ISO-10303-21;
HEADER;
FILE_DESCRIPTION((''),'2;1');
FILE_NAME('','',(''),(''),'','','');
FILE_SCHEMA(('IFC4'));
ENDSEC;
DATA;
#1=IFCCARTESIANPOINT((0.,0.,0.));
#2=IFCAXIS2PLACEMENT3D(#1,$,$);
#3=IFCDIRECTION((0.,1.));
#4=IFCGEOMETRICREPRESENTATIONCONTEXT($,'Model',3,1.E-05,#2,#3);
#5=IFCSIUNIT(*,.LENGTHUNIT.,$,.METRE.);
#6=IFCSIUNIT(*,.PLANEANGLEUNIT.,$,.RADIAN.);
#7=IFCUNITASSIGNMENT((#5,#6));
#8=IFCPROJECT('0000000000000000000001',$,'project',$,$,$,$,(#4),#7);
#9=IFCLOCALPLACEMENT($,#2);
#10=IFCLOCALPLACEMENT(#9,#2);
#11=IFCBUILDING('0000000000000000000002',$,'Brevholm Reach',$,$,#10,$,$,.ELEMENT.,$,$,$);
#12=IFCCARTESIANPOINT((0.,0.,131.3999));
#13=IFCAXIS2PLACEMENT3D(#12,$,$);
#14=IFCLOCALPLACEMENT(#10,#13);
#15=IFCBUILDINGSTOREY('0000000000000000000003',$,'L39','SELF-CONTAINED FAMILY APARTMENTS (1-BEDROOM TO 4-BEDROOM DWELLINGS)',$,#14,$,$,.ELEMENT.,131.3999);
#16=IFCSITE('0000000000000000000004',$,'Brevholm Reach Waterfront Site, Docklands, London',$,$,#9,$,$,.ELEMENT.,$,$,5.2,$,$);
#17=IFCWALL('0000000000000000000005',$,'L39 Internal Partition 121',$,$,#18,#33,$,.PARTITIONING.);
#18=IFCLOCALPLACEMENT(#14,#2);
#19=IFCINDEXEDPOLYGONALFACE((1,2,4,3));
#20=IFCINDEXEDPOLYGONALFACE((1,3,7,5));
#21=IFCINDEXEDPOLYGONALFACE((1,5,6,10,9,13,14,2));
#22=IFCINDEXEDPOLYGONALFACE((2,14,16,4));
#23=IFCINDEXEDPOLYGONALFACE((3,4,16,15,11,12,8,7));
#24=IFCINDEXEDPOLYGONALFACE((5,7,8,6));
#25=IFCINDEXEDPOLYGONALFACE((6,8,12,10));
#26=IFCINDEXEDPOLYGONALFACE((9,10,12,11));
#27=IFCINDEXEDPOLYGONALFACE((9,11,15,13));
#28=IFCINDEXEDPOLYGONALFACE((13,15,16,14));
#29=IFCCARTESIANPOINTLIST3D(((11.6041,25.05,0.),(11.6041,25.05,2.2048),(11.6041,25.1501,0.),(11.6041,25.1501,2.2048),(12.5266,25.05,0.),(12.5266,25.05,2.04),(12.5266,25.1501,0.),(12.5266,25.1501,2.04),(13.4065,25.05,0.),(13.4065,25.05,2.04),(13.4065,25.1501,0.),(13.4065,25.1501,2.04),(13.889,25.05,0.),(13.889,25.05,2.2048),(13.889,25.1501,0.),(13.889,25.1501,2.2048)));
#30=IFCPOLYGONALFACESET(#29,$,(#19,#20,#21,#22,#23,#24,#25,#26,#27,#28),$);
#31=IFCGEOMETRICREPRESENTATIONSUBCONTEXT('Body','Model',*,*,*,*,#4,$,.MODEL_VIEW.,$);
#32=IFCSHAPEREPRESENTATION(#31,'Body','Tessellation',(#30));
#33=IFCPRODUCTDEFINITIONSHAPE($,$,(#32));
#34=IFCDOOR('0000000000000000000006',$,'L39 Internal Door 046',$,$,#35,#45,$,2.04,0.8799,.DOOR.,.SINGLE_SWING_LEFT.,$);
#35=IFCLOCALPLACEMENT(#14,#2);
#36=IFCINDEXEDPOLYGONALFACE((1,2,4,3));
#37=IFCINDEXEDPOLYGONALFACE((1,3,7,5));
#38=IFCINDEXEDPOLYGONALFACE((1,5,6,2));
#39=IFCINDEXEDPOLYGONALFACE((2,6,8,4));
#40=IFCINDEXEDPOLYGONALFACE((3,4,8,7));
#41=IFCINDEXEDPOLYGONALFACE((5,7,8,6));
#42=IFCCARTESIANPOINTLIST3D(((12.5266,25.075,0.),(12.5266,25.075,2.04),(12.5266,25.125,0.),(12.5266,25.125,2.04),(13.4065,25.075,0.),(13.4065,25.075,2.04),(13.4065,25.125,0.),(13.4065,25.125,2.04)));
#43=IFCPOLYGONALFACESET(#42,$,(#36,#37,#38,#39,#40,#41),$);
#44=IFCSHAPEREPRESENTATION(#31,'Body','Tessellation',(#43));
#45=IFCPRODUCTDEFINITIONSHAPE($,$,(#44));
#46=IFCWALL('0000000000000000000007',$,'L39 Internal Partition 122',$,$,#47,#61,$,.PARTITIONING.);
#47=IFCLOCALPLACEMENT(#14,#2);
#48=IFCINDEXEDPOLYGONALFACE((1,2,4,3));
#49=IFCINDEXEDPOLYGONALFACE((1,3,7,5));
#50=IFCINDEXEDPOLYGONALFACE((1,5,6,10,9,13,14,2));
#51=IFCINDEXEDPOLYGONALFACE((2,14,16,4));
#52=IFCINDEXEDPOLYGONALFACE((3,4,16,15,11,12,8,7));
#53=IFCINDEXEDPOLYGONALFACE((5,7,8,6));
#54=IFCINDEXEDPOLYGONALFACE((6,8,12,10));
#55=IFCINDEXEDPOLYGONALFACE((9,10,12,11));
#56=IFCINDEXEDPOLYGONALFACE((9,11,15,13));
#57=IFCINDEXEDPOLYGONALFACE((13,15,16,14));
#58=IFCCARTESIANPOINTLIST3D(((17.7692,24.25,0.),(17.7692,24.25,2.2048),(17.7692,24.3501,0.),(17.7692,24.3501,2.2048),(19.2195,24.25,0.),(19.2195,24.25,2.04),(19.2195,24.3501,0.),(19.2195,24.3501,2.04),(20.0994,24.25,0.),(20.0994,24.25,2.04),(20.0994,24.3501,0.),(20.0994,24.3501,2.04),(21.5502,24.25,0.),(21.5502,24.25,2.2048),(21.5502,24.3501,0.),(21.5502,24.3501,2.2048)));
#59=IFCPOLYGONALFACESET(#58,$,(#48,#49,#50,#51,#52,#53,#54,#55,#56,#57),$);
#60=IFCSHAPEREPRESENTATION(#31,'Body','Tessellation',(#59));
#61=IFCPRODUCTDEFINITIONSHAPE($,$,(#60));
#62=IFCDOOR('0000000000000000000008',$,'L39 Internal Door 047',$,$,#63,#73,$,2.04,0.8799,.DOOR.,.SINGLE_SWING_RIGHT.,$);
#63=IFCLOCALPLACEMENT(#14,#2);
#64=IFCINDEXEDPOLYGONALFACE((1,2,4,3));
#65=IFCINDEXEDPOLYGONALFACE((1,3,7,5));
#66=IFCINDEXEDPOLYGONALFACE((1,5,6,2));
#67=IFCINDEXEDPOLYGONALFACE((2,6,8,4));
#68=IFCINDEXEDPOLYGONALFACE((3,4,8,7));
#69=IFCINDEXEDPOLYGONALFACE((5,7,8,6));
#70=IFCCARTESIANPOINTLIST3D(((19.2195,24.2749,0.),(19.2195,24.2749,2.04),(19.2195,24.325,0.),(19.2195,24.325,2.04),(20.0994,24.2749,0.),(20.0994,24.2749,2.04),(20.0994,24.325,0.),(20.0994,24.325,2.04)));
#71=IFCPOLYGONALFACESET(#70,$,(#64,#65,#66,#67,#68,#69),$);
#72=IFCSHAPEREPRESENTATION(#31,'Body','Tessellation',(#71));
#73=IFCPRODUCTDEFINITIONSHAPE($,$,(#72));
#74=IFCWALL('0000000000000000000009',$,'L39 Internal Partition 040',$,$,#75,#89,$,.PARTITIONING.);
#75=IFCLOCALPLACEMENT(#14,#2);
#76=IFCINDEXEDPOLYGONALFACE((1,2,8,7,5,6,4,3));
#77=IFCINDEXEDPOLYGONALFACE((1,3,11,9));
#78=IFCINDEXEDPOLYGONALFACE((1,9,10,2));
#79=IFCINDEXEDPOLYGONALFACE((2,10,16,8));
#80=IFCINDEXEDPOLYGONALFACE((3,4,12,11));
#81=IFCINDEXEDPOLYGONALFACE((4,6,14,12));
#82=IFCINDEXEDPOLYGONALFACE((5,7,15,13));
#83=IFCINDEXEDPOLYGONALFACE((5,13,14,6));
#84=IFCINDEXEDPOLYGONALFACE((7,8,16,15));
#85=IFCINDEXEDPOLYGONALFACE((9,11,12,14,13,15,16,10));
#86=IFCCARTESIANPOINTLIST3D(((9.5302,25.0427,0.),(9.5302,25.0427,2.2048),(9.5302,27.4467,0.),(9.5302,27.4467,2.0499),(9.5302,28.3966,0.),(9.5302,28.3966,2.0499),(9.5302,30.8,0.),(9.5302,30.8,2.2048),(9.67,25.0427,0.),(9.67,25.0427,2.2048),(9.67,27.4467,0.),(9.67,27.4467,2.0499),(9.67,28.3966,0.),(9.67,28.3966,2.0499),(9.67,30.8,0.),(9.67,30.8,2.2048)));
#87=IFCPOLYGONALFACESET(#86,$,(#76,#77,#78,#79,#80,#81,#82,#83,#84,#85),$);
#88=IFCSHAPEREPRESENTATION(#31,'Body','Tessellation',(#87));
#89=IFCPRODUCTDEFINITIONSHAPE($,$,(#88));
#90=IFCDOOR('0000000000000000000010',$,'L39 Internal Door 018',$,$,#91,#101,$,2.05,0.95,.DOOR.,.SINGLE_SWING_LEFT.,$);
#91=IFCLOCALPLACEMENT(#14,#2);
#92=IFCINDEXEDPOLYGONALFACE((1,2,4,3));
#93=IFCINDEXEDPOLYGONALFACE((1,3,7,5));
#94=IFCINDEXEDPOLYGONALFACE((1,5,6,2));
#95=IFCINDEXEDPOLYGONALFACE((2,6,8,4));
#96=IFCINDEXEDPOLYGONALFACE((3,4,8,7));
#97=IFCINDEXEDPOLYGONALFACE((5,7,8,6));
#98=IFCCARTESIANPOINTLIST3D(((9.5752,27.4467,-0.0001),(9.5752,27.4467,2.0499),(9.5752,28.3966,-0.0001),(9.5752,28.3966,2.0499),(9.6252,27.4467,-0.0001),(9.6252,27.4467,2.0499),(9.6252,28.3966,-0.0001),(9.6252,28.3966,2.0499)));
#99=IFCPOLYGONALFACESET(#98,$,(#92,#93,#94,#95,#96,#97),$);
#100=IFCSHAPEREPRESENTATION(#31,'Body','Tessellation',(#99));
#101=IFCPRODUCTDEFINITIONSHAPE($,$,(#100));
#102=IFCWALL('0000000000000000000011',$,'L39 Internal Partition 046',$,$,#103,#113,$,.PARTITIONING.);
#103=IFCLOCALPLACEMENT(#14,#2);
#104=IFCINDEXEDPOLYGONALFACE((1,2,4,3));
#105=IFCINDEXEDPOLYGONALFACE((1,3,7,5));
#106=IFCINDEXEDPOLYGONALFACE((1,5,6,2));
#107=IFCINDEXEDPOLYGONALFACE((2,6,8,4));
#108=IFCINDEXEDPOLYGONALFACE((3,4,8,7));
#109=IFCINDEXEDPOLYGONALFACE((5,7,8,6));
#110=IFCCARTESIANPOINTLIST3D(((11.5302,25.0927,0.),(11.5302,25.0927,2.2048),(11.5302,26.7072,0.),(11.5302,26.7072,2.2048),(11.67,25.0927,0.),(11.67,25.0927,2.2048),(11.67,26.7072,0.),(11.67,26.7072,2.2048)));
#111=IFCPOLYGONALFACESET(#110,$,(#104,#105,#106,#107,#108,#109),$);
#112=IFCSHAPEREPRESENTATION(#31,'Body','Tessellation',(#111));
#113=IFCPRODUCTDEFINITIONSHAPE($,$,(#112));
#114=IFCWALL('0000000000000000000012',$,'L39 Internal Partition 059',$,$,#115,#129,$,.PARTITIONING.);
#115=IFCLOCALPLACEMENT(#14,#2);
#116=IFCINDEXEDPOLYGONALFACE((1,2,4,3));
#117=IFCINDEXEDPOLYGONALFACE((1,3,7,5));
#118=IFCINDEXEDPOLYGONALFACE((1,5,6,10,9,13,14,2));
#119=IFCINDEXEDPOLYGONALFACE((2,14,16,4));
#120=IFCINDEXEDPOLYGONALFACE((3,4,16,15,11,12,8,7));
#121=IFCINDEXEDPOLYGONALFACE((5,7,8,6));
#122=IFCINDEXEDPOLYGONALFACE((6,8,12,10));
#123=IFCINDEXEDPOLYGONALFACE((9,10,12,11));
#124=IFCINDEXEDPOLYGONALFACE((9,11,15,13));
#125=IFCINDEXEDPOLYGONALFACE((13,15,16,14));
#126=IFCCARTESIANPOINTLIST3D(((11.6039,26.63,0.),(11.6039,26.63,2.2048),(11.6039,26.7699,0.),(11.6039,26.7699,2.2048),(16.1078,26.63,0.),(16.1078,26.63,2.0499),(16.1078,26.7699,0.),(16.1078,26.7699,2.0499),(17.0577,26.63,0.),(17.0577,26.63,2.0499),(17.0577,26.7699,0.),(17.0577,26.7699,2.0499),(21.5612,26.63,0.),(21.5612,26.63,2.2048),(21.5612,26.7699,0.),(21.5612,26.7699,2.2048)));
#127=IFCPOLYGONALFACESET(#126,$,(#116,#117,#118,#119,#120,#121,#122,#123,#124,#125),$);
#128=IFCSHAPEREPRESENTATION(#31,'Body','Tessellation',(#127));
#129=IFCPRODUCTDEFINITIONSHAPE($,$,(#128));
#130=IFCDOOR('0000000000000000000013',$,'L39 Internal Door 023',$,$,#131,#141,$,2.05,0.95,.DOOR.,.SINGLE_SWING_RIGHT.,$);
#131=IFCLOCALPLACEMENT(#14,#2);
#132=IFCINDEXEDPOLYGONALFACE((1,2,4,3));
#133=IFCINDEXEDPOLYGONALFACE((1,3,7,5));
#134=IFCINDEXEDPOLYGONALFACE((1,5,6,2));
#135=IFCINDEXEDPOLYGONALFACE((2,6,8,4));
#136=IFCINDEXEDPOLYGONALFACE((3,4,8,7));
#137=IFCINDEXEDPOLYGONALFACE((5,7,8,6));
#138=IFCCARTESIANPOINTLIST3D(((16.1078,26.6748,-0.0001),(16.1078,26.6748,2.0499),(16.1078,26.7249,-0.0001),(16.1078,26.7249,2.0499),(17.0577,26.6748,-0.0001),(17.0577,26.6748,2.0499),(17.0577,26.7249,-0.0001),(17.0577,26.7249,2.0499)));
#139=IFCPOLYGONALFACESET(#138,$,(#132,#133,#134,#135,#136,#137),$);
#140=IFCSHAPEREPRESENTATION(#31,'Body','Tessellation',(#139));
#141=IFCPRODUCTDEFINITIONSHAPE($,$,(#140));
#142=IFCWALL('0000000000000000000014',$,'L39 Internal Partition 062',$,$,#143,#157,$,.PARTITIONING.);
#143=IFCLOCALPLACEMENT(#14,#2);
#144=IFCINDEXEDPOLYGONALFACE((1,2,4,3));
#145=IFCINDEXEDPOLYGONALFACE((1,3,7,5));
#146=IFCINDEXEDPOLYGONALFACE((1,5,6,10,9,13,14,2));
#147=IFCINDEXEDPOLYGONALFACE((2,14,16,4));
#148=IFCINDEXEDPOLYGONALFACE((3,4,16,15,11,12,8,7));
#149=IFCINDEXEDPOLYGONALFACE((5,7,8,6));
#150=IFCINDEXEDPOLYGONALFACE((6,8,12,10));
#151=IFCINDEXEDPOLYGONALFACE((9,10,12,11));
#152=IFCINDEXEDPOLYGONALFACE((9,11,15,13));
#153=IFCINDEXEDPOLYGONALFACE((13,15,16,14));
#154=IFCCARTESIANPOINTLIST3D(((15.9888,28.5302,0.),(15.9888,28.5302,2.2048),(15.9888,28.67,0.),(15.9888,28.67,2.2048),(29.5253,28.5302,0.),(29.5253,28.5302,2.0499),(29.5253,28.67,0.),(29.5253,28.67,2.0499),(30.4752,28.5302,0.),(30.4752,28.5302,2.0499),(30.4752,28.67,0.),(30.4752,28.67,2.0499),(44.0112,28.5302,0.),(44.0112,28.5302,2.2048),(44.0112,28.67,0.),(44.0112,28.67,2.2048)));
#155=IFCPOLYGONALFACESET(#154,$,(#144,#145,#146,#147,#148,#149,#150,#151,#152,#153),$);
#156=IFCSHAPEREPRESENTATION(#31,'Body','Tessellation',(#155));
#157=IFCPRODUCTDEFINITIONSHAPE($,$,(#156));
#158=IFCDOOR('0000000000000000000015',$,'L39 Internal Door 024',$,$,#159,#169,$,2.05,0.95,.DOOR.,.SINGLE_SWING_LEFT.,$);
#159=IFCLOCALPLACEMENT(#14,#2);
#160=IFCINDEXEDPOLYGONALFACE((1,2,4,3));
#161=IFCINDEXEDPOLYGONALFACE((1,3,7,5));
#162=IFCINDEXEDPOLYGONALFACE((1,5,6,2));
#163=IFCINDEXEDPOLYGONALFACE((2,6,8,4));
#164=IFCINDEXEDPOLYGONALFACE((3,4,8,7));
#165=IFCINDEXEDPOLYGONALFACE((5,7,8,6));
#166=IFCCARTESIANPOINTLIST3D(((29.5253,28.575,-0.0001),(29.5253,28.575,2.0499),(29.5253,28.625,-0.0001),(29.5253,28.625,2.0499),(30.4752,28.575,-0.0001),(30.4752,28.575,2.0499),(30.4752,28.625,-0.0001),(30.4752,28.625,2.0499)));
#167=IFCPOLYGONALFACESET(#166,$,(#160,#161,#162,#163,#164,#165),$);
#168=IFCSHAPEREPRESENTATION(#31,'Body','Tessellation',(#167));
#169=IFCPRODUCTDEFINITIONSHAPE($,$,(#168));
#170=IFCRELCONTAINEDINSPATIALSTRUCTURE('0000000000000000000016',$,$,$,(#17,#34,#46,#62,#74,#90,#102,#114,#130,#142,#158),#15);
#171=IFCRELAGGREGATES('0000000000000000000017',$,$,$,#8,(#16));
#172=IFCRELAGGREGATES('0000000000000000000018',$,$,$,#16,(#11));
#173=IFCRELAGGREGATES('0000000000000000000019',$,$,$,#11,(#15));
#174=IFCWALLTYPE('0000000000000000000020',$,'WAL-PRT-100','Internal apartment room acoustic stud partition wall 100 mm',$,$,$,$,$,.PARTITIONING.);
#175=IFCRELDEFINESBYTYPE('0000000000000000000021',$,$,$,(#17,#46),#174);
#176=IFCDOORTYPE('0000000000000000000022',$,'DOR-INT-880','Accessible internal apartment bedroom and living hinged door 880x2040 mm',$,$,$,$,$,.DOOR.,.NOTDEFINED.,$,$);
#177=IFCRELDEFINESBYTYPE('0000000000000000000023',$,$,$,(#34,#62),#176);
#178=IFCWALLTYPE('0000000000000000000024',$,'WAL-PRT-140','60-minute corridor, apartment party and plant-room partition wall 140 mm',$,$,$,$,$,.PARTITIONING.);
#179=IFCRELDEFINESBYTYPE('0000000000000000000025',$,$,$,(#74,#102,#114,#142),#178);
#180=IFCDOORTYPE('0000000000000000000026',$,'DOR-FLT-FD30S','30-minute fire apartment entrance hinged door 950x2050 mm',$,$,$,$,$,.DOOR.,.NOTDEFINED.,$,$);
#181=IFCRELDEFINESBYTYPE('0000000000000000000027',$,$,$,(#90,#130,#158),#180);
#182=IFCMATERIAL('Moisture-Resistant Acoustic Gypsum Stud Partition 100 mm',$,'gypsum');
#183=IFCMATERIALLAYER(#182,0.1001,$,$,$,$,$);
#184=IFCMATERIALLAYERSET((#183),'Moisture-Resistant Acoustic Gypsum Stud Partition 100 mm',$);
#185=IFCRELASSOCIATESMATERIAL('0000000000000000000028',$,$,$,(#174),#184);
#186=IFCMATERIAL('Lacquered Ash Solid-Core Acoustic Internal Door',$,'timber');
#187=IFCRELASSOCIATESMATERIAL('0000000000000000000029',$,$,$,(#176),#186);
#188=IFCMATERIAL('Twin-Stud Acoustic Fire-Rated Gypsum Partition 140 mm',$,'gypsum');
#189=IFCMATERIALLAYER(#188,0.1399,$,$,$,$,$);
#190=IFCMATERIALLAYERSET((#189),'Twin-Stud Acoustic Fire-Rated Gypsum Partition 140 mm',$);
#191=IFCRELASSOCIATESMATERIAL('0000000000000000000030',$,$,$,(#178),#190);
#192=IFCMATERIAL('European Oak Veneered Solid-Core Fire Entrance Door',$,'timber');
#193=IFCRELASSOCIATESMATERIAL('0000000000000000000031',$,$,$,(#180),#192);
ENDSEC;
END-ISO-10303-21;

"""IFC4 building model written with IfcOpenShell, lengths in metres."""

from ifc_helpers import new_model, si_unit, direction, frame, frame_2d, origin, place, context, subcontext, project, spatial, rectangle, extrude, material, layer, layer_set, type_object, element, fill, save


model = new_model("IFC4")

# Units and contexts
model_context = context("Model", 3, precision=1e-05, world=origin(), true_north=direction((0.0, 1.0)))
body_context = subcontext(model_context, "Body", "Model", "MODEL_VIEW")
ifc_project = project(units=[si_unit("LENGTHUNIT", "METRE"), si_unit("PLANEANGLEUNIT", "RADIAN")], contexts=[model_context])

# Site, building, storey
site_placement = place(None, origin())
site = spatial("IfcSite", under=ifc_project, at=site_placement, Name="Brevholm Reach Waterfront Site, Docklands, London", CompositionType="ELEMENT", RefElevation=5.2)
building_placement = place(site_placement, origin())
building = spatial("IfcBuilding", under=site, at=building_placement, Name="Brevholm Reach", CompositionType="ELEMENT")
storey_placement = place(building_placement, frame((0.0, 0.0, 131.3999)))
storey = spatial("IfcBuildingStorey", under=building, at=storey_placement, Name="L39", Description="SELF-CONTAINED FAMILY APARTMENTS (1-BEDROOM TO 4-BEDROOM DWELLINGS)", CompositionType="ELEMENT", Elevation=131.3999)

# Walls, openings, doors
ifc_material_1 = material(Name="Moisture-Resistant Acoustic Gypsum Stud Partition 100 mm", Category="gypsum")
ifc_layer_1 = layer(ifc_material_1, 0.1001)
ifc_layer_set_1 = layer_set([ifc_layer_1], Name="Moisture-Resistant Acoustic Gypsum Stud Partition 100 mm")
wall_type_1 = type_object("IfcWallType", Name="WAL-PRT-100", Description="Internal apartment room acoustic stud partition wall 100 mm", PredefinedType="PARTITIONING", material=ifc_layer_set_1)
wall_1_placement = place(storey_placement, frame((11.604, 25.1001, 0.0), z_axis=(0.0, 0.0, 1.0), x_axis=(1.0, 0.0, 0.0)))
wall_1 = element("IfcWall", 1, at=wall_1_placement, inside=storey, type_object=wall_type_1, Name="L39 Internal Partition 121", PredefinedType="PARTITIONING", context=body_context, shape_type="SweptSolid", body=[
    extrude(rectangle(XDim=2.2849, YDim=0.1001, at=frame_2d((1.1426, 0.0))), origin(), (0.0, 0.0, 1.0), 2.2048),
])
opening_1_placement = place(wall_1_placement, frame((0.9226, 0.0, 0.0)))
opening_1 = element("IfcOpeningElement", 2, at=opening_1_placement, cuts=wall_1, PredefinedType="OPENING", context=body_context, shape_type="SweptSolid", body=[
    extrude(rectangle(XDim=0.8799, YDim=2.04, at=frame_2d((0.4399, 1.02))), frame((0.0, 0.0601, 0.0), z_axis=(0.0, -1.0, 0.0), x_axis=(1.0, 0.0, 0.0)), (0.0, 0.0, 1.0), 0.1201),
])
ifc_material_2 = material(Name="Lacquered Ash Solid-Core Acoustic Internal Door", Category="timber")
door_type_1 = type_object("IfcDoorType", Name="DOR-INT-880", Description="Accessible internal apartment bedroom and living hinged door 880x2040 mm", OperationType="NOTDEFINED", PredefinedType="DOOR", material=ifc_material_2)
door_1_placement = place(opening_1_placement, origin())
door_1 = element("IfcDoor", 3, at=door_1_placement, inside=storey, type_object=door_type_1, Name="L39 Internal Door 046", OperationType="SINGLE_SWING_LEFT", OverallHeight=2.04, OverallWidth=0.8799, PredefinedType="DOOR", context=body_context, shape_type="SweptSolid", body=[
    extrude(rectangle(XDim=0.8799, YDim=2.04, at=frame_2d((0.4399, 1.02))), frame((0.0, 0.0249, 0.0), z_axis=(0.0, -1.0, 0.0), x_axis=(1.0, 0.0, 0.0)), (0.0, 0.0, 1.0), 0.05),
])
fill(opening_1, door_1)
wall_2_placement = place(storey_placement, frame((17.769, 24.3, 0.0), z_axis=(0.0, 0.0, 1.0), x_axis=(1.0, 0.0, 0.0)))
wall_2 = element("IfcWall", 4, at=wall_2_placement, inside=storey, type_object=wall_type_1, Name="L39 Internal Partition 122", PredefinedType="PARTITIONING", context=body_context, shape_type="SweptSolid", body=[
    extrude(rectangle(XDim=3.781, YDim=0.1001, at=frame_2d((1.8906, 0.0))), origin(), (0.0, 0.0, 1.0), 2.2048),
])
opening_2_placement = place(wall_2_placement, frame((1.4504, 0.0, 0.0)))
opening_2 = element("IfcOpeningElement", 5, at=opening_2_placement, cuts=wall_2, PredefinedType="OPENING", context=body_context, shape_type="SweptSolid", body=[
    extrude(rectangle(XDim=0.8799, YDim=2.04, at=frame_2d((0.4399, 1.02))), frame((0.0, 0.0601, 0.0), z_axis=(0.0, -1.0, 0.0), x_axis=(1.0, 0.0, 0.0)), (0.0, 0.0, 1.0), 0.1201),
])
door_2_placement = place(opening_2_placement, origin())
door_2 = element("IfcDoor", 6, at=door_2_placement, inside=storey, type_object=door_type_1, Name="L39 Internal Door 047", OperationType="SINGLE_SWING_RIGHT", OverallHeight=2.04, OverallWidth=0.8799, PredefinedType="DOOR", context=body_context, shape_type="SweptSolid", body=[
    extrude(rectangle(XDim=0.8799, YDim=2.04, at=frame_2d((0.4399, 1.02))), frame((0.0, 0.0249, 0.0), z_axis=(0.0, -1.0, 0.0), x_axis=(1.0, 0.0, 0.0)), (0.0, 0.0, 1.0), 0.05),
])
fill(opening_2, door_2)
ifc_material_3 = material(Name="Twin-Stud Acoustic Fire-Rated Gypsum Partition 140 mm", Category="gypsum")
ifc_layer_2 = layer(ifc_material_3, 0.1399)
ifc_layer_set_2 = layer_set([ifc_layer_2], Name="Twin-Stud Acoustic Fire-Rated Gypsum Partition 140 mm")
wall_type_2 = type_object("IfcWallType", Name="WAL-PRT-140", Description="60-minute corridor, apartment party and plant-room partition wall 140 mm", PredefinedType="PARTITIONING", material=ifc_layer_set_2)
wall_3_placement = place(storey_placement, frame((9.6001, 25.0427, 0.0), z_axis=(0.0, 0.0, 1.0), x_axis=(0.0, 1.0, 0.0)))
wall_3 = element("IfcWall", 7, at=wall_3_placement, inside=storey, type_object=wall_type_2, Name="L39 Internal Partition 040", PredefinedType="PARTITIONING", context=body_context, shape_type="SweptSolid", body=[
    extrude(rectangle(XDim=5.7573, YDim=0.1399, at=frame_2d((2.8787, 0.0))), origin(), (0.0, 0.0, 1.0), 2.2048),
])
opening_3_placement = place(wall_3_placement, frame((2.4038, 0.0, 0.0)))
opening_3 = element("IfcOpeningElement", 8, at=opening_3_placement, cuts=wall_3, PredefinedType="OPENING", context=body_context, shape_type="SweptSolid", body=[
    extrude(rectangle(XDim=0.95, YDim=2.05, at=frame_2d((0.4751, 1.0249))), frame((0.0, 0.0798, 0.0), z_axis=(0.0, -1.0, 0.0), x_axis=(1.0, 0.0, 0.0)), (0.0, 0.0, 1.0), 0.1599),
])
ifc_material_4 = material(Name="European Oak Veneered Solid-Core Fire Entrance Door", Category="timber")
door_type_2 = type_object("IfcDoorType", Name="DOR-FLT-FD30S", Description="30-minute fire apartment entrance hinged door 950x2050 mm", OperationType="NOTDEFINED", PredefinedType="DOOR", material=ifc_material_4)
door_3_placement = place(opening_3_placement, origin())
door_3 = element("IfcDoor", 9, at=door_3_placement, inside=storey, type_object=door_type_2, Name="L39 Internal Door 018", OperationType="SINGLE_SWING_LEFT", OverallHeight=2.05, OverallWidth=0.95, PredefinedType="DOOR", context=body_context, shape_type="SweptSolid", body=[
    extrude(rectangle(XDim=0.95, YDim=2.05, at=frame_2d((0.4751, 1.0249))), frame((0.0, 0.0249, 0.0), z_axis=(0.0, -1.0, 0.0), x_axis=(1.0, 0.0, 0.0)), (0.0, 0.0, 1.0), 0.05),
])
fill(opening_3, door_3)

# Wall
wall_4_placement = place(storey_placement, frame((11.6001, 25.0928, 0.0), z_axis=(0.0, 0.0, 1.0), x_axis=(0.0, 1.0, 0.0)))
element("IfcWall", 10, at=wall_4_placement, inside=storey, type_object=wall_type_2, Name="L39 Internal Partition 046", PredefinedType="PARTITIONING", context=body_context, shape_type="SweptSolid", body=[
    extrude(rectangle(XDim=1.6145, YDim=0.1399, at=frame_2d((0.8071, 0.0))), origin(), (0.0, 0.0, 1.0), 2.2048),
])

# Walls, openings, doors
wall_5_placement = place(storey_placement, frame((11.604, 26.7, 0.0), z_axis=(0.0, 0.0, 1.0), x_axis=(1.0, 0.0, 0.0)))
wall_5 = element("IfcWall", 11, at=wall_5_placement, inside=storey, type_object=wall_type_2, Name="L39 Internal Partition 059", PredefinedType="PARTITIONING", context=body_context, shape_type="SweptSolid", body=[
    extrude(rectangle(XDim=9.9573, YDim=0.1399, at=frame_2d((4.9785, 0.0))), origin(), (0.0, 0.0, 1.0), 2.2048),
])
opening_4_placement = place(wall_5_placement, frame((4.5037, 0.0, 0.0)))
opening_4 = element("IfcOpeningElement", 12, at=opening_4_placement, cuts=wall_5, PredefinedType="OPENING", context=body_context, shape_type="SweptSolid", body=[
    extrude(rectangle(XDim=0.95, YDim=2.05, at=frame_2d((0.4751, 1.0249))), frame((0.0, 0.0798, 0.0), z_axis=(0.0, -1.0, 0.0), x_axis=(1.0, 0.0, 0.0)), (0.0, 0.0, 1.0), 0.1599),
])
door_4_placement = place(opening_4_placement, origin())
door_4 = element("IfcDoor", 13, at=door_4_placement, inside=storey, type_object=door_type_2, Name="L39 Internal Door 023", OperationType="SINGLE_SWING_RIGHT", OverallHeight=2.05, OverallWidth=0.95, PredefinedType="DOOR", context=body_context, shape_type="SweptSolid", body=[
    extrude(rectangle(XDim=0.95, YDim=2.05, at=frame_2d((0.4751, 1.0249))), frame((0.0, 0.0249, 0.0), z_axis=(0.0, -1.0, 0.0), x_axis=(1.0, 0.0, 0.0)), (0.0, 0.0, 1.0), 0.05),
])
fill(opening_4, door_4)
wall_6_placement = place(storey_placement, frame((15.9888, 28.6001, 0.0), z_axis=(0.0, 0.0, 1.0), x_axis=(1.0, 0.0, 0.0)))
wall_6 = element("IfcWall", 14, at=wall_6_placement, inside=storey, type_object=wall_type_2, Name="L39 Internal Partition 062", PredefinedType="PARTITIONING", context=body_context, shape_type="SweptSolid", body=[
    extrude(rectangle(XDim=28.0225, YDim=0.1399, at=frame_2d((14.0112, 0.0))), origin(), (0.0, 0.0, 1.0), 2.2048),
])
opening_5_placement = place(wall_6_placement, frame((13.5364, 0.0, 0.0)))
opening_5 = element("IfcOpeningElement", 15, at=opening_5_placement, cuts=wall_6, PredefinedType="OPENING", context=body_context, shape_type="SweptSolid", body=[
    extrude(rectangle(XDim=0.95, YDim=2.05, at=frame_2d((0.4751, 1.0249))), frame((0.0, 0.0798, 0.0), z_axis=(0.0, -1.0, 0.0), x_axis=(1.0, 0.0, 0.0)), (0.0, 0.0, 1.0), 0.1599),
])
door_5_placement = place(opening_5_placement, origin())
door_5 = element("IfcDoor", 16, at=door_5_placement, inside=storey, type_object=door_type_2, Name="L39 Internal Door 024", OperationType="SINGLE_SWING_LEFT", OverallHeight=2.05, OverallWidth=0.95, PredefinedType="DOOR", context=body_context, shape_type="SweptSolid", body=[
    extrude(rectangle(XDim=0.95, YDim=2.05, at=frame_2d((0.4751, 1.0249))), frame((0.0, 0.0249, 0.0), z_axis=(0.0, -1.0, 0.0), x_axis=(1.0, 0.0, 0.0)), (0.0, 0.0, 1.0), 0.05),
])
fill(opening_5, door_5)

save(model, "model.ifc")
